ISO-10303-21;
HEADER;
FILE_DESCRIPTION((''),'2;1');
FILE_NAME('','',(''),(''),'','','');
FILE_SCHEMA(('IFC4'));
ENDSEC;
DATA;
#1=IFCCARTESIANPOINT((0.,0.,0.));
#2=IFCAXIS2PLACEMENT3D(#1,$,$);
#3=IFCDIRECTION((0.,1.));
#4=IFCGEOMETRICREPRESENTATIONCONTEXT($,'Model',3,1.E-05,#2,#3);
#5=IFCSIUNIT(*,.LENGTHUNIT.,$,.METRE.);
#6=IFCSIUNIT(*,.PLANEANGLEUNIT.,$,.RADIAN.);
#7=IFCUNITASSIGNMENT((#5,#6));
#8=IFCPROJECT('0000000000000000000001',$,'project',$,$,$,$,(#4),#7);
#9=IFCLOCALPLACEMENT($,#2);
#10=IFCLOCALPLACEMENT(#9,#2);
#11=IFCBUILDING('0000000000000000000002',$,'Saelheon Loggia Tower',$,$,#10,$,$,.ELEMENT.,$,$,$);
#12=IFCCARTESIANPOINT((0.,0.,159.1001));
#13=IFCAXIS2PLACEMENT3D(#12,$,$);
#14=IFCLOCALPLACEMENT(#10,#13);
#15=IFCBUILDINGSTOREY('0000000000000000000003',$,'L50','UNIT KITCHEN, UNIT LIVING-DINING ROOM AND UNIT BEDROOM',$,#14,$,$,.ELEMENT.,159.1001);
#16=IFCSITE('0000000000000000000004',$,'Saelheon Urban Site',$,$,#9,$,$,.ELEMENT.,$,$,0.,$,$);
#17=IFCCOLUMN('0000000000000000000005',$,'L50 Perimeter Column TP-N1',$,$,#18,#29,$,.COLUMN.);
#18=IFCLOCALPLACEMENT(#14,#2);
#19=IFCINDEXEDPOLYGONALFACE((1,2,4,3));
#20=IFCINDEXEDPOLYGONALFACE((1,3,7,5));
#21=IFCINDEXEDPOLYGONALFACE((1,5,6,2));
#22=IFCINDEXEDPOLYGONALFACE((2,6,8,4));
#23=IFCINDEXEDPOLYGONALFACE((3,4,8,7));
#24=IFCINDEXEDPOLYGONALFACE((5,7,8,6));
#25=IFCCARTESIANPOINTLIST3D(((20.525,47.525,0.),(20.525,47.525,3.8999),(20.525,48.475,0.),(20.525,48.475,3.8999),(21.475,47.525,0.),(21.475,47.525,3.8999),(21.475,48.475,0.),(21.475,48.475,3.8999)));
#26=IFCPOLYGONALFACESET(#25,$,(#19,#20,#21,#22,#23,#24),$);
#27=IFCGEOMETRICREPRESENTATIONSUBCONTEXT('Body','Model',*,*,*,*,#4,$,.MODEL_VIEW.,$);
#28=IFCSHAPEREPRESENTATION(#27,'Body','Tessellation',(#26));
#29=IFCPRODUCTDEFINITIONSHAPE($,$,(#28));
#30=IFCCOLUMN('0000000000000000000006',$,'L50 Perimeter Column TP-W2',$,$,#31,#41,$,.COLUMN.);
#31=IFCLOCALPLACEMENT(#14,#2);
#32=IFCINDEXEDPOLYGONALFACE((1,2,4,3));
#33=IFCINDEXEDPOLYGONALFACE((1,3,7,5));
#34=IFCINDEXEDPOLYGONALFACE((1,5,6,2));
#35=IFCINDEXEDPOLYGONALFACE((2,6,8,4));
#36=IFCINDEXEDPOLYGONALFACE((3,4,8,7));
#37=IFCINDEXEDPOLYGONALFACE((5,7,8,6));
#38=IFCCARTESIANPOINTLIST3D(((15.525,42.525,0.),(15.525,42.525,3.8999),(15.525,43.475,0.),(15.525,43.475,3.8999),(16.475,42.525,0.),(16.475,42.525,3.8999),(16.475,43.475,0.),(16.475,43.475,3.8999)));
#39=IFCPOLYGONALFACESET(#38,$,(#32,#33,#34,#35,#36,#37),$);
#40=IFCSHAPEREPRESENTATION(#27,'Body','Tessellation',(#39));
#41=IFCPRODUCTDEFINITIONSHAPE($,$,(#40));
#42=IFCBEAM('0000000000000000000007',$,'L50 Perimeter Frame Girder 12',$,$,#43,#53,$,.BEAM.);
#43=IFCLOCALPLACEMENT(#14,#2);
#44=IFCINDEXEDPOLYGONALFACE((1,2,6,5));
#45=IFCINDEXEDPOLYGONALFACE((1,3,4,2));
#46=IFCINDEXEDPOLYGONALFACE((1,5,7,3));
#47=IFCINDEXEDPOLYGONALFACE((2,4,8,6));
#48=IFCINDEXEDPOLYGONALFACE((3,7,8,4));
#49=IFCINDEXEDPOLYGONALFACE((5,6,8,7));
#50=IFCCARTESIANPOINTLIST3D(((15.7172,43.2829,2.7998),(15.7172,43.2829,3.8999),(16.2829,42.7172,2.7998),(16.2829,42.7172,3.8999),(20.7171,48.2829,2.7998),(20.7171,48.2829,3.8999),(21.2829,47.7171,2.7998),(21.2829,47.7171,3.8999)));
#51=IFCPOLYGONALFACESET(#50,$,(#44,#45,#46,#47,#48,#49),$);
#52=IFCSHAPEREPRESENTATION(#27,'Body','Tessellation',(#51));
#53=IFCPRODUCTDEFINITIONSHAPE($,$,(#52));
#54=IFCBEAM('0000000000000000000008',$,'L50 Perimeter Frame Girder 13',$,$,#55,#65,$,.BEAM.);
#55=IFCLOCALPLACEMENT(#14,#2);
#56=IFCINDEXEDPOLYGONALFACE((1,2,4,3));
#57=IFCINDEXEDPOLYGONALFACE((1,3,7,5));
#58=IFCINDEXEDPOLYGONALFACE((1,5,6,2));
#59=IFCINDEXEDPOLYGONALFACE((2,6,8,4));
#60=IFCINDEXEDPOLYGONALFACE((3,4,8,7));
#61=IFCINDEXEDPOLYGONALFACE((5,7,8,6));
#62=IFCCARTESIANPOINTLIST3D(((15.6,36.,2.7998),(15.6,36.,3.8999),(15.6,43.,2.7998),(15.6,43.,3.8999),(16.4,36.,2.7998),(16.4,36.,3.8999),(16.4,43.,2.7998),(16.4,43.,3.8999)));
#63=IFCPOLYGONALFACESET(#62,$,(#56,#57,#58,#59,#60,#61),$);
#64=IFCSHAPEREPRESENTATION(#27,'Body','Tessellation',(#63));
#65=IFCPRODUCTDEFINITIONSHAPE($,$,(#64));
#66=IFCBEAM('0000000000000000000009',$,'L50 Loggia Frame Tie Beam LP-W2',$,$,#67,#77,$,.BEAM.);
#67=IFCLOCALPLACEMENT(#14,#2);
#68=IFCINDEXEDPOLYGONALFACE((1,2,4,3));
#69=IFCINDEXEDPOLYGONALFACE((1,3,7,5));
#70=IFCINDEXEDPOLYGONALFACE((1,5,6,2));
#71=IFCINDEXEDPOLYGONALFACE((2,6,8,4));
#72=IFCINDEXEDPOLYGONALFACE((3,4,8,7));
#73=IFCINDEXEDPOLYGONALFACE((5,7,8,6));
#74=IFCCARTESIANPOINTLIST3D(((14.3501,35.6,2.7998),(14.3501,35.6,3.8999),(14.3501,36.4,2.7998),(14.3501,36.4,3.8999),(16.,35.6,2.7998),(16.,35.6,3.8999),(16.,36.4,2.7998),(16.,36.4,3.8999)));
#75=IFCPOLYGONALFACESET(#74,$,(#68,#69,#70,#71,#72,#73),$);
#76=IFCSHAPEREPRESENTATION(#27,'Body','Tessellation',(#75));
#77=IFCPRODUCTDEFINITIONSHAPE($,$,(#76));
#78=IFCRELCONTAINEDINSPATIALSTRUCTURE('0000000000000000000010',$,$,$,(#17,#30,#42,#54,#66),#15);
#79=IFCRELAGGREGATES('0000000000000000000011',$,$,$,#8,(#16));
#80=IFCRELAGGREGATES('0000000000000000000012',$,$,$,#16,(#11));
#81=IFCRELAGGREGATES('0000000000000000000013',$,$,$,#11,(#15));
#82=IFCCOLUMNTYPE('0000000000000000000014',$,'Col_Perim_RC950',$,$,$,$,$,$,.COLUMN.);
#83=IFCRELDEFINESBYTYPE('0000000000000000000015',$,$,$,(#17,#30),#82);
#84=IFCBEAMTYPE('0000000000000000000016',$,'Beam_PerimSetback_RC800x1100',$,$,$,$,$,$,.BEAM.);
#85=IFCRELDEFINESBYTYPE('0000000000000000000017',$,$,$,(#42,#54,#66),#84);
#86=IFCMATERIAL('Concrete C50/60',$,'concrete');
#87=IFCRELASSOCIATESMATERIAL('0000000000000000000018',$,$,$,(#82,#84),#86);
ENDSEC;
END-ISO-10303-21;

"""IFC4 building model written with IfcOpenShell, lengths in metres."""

from ifc_helpers import new_model, si_unit, direction, frame, origin, origin_2d, place, context, subcontext, project, spatial, rectangle, extrude, source, transform, mapped, material, material_profile, profile_set, type_object, element, save


model = new_model("IFC4")

# Units and contexts
model_context = context("Model", 3, precision=1e-05, world=origin(), true_north=direction((0.0, 1.0)))
body_context = subcontext(model_context, "Body", "Model", "MODEL_VIEW")
ifc_project = project(units=[si_unit("LENGTHUNIT", "METRE"), si_unit("PLANEANGLEUNIT", "RADIAN")], contexts=[model_context])

# Site, building, storey
site_placement = place(None, origin())
site = spatial("IfcSite", under=ifc_project, at=site_placement, Name="Saelheon Urban Site", CompositionType="ELEMENT", RefElevation=0.0)
building_placement = place(site_placement, origin())
building = spatial("IfcBuilding", under=site, at=building_placement, Name="Saelheon Loggia Tower", CompositionType="ELEMENT")
storey_placement = place(building_placement, frame((0.0, 0.0, 159.1001)))
storey = spatial("IfcBuildingStorey", under=building, at=storey_placement, Name="L50", Description="UNIT KITCHEN, UNIT LIVING-DINING ROOM AND UNIT BEDROOM", CompositionType="ELEMENT", Elevation=159.1001)

# Columns
ifc_material_1 = material(Name="Concrete C50/60", Category="concrete")
ifc_material_profile_1 = material_profile(ifc_material_1, rectangle(XDim=0.95, YDim=0.95, at=origin_2d()), Name="RC-950x950")
ifc_profile_set_1 = profile_set([ifc_material_profile_1], Name="Concrete C50/60")
column_type = type_object("IfcColumnType", Name="Col_Perim_RC950", PredefinedType="COLUMN", material=ifc_profile_set_1)
shared_shape_1 = source(origin(), body_context, "Body", "SweptSolid", [
    extrude(rectangle(XDim=0.95, YDim=0.95, at=origin_2d()), origin(), (0.0, 0.0, 1.0), 3.8999),
])
for number, where, z_axis, x_axis, name in (
    (1, (21.0, 48.0, 0.0), (0.0, 0.0, 1.0), (1.0, 0.0, 0.0), "L50 Perimeter Column TP-N1"),
    (2, (16.0, 43.0, 0.0), (0.0, 0.0, 1.0), (1.0, 0.0, 0.0), "L50 Perimeter Column TP-W2"),
):
    element("IfcColumn", number, at=place(storey_placement, frame(where, z_axis=z_axis, x_axis=x_axis)), inside=storey, type_object=column_type, Name=name, PredefinedType="COLUMN", context=body_context, shape_type="MappedRepresentation", body=[
        mapped(shared_shape_1, transform((0.0, 0.0, 0.0), scale=1.0)),
    ])

# Beams
ifc_material_profile_2 = material_profile(ifc_material_1, rectangle(XDim=0.8, YDim=1.1001, at=origin_2d()), Name="RC-800x1100")
ifc_profile_set_2 = profile_set([ifc_material_profile_2], Name="Concrete C50/60")
beam_type = type_object("IfcBeamType", Name="Beam_PerimSetback_RC800x1100", PredefinedType="BEAM", material=ifc_profile_set_2)
shared_shape_2 = source(origin(), body_context, "Body", "SweptSolid", [
    extrude(rectangle(XDim=0.8, YDim=1.1001, at=origin_2d()), origin(), (0.0, 0.0, 1.0), 7.071),
])
beam_1_placement = place(storey_placement, frame((21.0, 48.0, 3.3499), z_axis=(-0.707107, -0.707107, 0.0), x_axis=(0.707107, -0.707107, 0.0)))
element("IfcBeam", 3, at=beam_1_placement, inside=storey, type_object=beam_type, Name="L50 Perimeter Frame Girder 12", PredefinedType="BEAM", context=body_context, shape_type="MappedRepresentation", body=[
    mapped(shared_shape_2, transform((0.0, 0.0, 0.0), scale=1.0)),
])
shared_shape_3 = source(origin(), body_context, "Body", "SweptSolid", [
    extrude(rectangle(XDim=0.8, YDim=1.1001, at=origin_2d()), origin(), (0.0, 0.0, 1.0), 7.0),
])
beam_2_placement = place(storey_placement, frame((16.0, 43.0, 3.3499), z_axis=(0.0, -1.0, 0.0), x_axis=(1.0, 0.0, 0.0)))
element("IfcBeam", 4, at=beam_2_placement, inside=storey, type_object=beam_type, Name="L50 Perimeter Frame Girder 13", PredefinedType="BEAM", context=body_context, shape_type="MappedRepresentation", body=[
    mapped(shared_shape_3, transform((0.0, 0.0, 0.0), scale=1.0)),
])
shared_shape_4 = source(origin(), body_context, "Body", "SweptSolid", [
    extrude(rectangle(XDim=0.8, YDim=1.1001, at=origin_2d()), origin(), (0.0, 0.0, 1.0), 1.6499),
])
beam_3_placement = place(storey_placement, frame((16.0, 36.0, 3.3499), z_axis=(-1.0, 0.0, 0.0), x_axis=(0.0, -1.0, 0.0)))
element("IfcBeam", 5, at=beam_3_placement, inside=storey, type_object=beam_type, Name="L50 Loggia Frame Tie Beam LP-W2", PredefinedType="BEAM", context=body_context, shape_type="MappedRepresentation", body=[
    mapped(shared_shape_4, transform((0.0, 0.0, 0.0), scale=1.0)),
])

save(model, "model.ifc")
